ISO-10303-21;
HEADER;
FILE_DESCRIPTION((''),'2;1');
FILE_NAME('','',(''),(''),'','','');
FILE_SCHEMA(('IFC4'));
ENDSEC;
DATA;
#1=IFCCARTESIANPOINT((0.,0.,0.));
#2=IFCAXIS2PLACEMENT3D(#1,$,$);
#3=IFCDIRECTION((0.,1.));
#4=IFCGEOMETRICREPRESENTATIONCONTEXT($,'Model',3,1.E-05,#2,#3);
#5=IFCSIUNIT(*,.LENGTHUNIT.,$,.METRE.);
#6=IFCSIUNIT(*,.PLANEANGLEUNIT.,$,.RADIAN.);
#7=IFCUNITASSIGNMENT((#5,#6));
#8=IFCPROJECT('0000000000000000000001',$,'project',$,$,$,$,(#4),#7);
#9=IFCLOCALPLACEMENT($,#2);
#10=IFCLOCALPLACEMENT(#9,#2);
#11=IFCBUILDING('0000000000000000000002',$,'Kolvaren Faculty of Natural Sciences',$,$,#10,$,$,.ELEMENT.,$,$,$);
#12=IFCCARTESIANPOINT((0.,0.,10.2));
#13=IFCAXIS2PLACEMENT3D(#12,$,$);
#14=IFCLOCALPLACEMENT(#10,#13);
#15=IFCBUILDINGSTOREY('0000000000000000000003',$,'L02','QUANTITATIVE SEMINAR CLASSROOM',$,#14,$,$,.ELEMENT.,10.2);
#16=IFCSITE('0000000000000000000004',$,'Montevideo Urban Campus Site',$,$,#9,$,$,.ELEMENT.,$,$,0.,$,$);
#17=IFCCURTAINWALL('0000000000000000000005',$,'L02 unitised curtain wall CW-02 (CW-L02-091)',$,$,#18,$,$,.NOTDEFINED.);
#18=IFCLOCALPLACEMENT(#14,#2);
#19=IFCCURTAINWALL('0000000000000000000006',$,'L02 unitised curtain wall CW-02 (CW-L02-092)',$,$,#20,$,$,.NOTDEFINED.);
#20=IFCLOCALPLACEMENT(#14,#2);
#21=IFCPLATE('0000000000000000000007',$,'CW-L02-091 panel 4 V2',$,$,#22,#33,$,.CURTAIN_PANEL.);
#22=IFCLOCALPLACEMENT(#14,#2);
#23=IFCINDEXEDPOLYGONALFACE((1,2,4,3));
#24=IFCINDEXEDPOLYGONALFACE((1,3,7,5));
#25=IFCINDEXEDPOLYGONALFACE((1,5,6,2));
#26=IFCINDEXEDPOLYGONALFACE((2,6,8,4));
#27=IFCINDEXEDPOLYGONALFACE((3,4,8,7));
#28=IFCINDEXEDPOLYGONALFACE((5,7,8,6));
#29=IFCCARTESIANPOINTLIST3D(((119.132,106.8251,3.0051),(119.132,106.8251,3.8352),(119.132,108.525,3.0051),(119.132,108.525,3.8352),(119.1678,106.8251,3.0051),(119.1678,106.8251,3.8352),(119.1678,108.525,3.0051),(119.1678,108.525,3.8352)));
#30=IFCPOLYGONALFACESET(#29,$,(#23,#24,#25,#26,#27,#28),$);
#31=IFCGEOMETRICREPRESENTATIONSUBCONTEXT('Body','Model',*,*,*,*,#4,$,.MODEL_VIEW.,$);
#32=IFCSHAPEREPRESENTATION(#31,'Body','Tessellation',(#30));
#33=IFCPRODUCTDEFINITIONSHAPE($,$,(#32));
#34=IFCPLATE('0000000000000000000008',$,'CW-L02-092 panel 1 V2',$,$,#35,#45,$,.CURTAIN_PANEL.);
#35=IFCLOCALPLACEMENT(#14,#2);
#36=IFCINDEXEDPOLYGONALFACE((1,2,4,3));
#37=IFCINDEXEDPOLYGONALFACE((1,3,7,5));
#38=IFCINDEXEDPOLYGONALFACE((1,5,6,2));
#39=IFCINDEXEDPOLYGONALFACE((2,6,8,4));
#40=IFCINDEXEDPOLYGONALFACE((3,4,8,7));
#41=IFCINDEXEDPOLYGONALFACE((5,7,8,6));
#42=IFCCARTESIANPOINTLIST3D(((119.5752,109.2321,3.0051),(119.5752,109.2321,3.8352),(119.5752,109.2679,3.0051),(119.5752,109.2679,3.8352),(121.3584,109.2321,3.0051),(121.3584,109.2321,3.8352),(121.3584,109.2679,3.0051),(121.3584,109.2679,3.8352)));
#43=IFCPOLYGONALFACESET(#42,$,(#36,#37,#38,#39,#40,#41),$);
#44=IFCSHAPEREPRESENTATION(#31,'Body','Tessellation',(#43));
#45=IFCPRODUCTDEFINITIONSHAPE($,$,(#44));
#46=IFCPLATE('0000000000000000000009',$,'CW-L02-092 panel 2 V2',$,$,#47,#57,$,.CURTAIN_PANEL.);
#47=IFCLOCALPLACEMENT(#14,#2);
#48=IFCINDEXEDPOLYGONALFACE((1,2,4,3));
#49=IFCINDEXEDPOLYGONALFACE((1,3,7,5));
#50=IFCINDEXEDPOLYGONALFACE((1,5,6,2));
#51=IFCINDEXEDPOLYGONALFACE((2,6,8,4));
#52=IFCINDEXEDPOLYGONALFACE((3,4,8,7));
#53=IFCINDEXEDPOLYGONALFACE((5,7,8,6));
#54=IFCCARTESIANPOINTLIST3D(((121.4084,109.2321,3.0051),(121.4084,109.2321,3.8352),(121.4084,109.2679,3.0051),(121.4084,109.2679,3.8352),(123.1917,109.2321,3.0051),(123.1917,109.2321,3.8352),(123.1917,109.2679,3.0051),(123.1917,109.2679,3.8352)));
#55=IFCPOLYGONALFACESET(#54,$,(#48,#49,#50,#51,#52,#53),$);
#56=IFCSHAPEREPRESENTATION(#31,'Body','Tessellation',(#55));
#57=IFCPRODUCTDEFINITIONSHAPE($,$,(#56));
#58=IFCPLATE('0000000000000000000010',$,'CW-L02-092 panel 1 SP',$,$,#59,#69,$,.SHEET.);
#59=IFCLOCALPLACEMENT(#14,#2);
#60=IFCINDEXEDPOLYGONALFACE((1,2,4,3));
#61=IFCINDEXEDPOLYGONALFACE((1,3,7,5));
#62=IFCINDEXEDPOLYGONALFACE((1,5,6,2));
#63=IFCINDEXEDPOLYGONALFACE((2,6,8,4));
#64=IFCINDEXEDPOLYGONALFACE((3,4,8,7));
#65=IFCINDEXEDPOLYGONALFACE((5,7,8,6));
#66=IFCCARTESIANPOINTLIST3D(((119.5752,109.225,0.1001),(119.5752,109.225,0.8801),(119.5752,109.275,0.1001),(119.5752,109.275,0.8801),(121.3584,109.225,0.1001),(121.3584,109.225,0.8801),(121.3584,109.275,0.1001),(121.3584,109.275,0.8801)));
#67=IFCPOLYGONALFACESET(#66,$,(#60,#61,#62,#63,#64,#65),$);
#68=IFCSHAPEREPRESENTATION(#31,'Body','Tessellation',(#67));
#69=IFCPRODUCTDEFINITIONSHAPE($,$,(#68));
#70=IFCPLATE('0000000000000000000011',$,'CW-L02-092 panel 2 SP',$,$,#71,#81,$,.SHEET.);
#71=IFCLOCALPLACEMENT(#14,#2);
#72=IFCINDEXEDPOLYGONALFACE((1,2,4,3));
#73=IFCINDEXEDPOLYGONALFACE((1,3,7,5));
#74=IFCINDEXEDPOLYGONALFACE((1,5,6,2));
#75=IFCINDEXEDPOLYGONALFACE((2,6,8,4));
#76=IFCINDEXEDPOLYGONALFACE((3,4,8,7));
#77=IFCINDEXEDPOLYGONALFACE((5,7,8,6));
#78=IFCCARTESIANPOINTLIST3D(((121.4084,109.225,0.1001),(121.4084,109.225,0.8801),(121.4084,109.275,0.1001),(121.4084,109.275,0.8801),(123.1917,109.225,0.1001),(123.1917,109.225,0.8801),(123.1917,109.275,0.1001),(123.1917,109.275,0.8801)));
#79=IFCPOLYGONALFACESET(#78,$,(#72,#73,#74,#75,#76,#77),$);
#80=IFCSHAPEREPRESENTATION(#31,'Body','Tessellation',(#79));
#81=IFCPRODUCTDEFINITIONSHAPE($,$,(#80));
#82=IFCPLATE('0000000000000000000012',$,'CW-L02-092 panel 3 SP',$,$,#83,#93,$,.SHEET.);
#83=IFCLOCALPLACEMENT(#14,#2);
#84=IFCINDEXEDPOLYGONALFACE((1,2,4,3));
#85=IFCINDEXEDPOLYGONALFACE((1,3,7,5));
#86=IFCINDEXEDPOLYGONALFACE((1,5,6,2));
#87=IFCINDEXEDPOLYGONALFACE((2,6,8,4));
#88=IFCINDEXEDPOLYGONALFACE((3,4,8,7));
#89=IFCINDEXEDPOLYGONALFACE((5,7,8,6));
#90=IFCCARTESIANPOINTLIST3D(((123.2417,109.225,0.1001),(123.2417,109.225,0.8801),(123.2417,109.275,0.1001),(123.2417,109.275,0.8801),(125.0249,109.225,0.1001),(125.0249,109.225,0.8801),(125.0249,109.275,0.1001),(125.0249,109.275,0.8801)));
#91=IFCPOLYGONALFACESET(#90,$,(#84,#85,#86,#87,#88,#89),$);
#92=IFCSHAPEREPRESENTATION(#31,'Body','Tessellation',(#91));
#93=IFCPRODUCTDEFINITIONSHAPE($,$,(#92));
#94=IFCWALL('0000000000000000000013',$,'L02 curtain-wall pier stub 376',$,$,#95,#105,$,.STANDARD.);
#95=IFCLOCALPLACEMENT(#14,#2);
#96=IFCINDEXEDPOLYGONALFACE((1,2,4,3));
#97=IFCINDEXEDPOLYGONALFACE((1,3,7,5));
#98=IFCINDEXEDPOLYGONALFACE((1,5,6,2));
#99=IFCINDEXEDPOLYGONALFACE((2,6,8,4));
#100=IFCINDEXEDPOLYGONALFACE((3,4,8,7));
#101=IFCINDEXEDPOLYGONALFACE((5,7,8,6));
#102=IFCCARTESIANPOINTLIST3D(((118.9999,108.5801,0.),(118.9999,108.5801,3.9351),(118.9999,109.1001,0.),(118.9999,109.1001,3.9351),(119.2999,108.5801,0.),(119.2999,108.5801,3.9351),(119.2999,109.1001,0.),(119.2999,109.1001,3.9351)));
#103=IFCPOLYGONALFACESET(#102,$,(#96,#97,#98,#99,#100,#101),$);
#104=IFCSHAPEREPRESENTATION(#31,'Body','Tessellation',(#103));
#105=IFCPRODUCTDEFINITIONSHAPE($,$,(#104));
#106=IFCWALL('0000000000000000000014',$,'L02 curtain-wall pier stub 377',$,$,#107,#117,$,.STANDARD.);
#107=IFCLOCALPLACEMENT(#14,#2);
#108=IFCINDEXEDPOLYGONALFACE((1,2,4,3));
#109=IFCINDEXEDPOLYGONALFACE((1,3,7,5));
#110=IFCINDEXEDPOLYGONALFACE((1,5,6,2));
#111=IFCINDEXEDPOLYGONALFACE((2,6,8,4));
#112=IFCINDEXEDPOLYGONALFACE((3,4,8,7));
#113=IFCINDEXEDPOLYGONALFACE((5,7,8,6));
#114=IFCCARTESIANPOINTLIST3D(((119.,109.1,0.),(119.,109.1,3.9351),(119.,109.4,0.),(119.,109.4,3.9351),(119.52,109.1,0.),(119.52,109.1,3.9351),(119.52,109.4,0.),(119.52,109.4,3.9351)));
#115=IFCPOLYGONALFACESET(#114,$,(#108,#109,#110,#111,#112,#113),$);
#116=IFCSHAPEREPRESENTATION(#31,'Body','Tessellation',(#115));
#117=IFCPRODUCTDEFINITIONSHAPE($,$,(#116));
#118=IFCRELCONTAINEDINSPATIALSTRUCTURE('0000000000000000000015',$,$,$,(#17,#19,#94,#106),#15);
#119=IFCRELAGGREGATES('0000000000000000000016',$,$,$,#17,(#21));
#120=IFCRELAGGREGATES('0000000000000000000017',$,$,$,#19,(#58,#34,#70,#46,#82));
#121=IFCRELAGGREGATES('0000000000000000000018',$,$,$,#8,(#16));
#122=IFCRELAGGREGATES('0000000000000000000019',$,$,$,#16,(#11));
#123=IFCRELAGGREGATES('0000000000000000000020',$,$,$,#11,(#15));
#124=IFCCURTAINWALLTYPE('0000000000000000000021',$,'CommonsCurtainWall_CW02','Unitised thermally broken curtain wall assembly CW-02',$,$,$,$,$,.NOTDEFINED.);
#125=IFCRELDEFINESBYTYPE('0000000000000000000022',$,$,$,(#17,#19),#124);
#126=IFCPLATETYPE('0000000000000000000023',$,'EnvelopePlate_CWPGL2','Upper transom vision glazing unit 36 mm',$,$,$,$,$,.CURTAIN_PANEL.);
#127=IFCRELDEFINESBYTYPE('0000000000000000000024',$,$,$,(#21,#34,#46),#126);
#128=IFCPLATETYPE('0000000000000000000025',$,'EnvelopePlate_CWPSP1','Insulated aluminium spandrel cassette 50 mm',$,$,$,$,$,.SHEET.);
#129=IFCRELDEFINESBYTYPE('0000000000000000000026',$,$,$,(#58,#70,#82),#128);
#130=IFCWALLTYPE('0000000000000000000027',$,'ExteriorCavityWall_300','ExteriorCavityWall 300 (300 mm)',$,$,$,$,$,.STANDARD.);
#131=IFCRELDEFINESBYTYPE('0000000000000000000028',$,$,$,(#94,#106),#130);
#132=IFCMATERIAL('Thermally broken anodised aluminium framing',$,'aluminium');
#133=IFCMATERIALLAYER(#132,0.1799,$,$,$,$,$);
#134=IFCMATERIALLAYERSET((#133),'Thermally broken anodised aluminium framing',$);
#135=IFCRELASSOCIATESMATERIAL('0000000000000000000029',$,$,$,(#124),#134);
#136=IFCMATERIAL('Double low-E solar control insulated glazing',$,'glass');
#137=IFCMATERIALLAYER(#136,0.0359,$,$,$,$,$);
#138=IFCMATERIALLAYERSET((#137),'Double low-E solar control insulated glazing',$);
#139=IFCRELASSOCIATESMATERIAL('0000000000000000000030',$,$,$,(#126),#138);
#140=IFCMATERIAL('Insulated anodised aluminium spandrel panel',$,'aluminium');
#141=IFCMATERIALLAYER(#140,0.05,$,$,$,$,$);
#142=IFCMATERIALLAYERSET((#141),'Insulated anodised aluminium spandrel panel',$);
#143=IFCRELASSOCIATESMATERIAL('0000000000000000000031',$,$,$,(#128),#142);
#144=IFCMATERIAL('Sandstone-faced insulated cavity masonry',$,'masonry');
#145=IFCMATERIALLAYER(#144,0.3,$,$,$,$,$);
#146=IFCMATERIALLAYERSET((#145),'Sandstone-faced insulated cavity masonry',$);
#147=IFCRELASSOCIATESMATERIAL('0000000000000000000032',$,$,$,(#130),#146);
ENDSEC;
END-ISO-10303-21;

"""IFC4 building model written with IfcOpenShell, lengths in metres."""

from ifc_helpers import new_model, si_unit, direction, frame, frame_2d, origin, origin_2d, place, context, subcontext, project, spatial, rectangle, extrude, material, layer, layer_set, type_object, element, aggregate, save


model = new_model("IFC4")

# Units and contexts
model_context = context("Model", 3, precision=1e-05, world=origin(), true_north=direction((0.0, 1.0)))
body_context = subcontext(model_context, "Body", "Model", "MODEL_VIEW")
ifc_project = project(units=[si_unit("LENGTHUNIT", "METRE"), si_unit("PLANEANGLEUNIT", "RADIAN")], contexts=[model_context])

# Site, building, storey
site_placement = place(None, origin())
site = spatial("IfcSite", under=ifc_project, at=site_placement, Name="Montevideo Urban Campus Site", CompositionType="ELEMENT", RefElevation=0.0)
building_placement = place(site_placement, origin())
building = spatial("IfcBuilding", under=site, at=building_placement, Name="Kolvaren Faculty of Natural Sciences", CompositionType="ELEMENT")
storey_placement = place(building_placement, frame((0.0, 0.0, 10.2)))
storey = spatial("IfcBuildingStorey", under=building, at=storey_placement, Name="L02", Description="QUANTITATIVE SEMINAR CLASSROOM", CompositionType="ELEMENT", Elevation=10.2)

# Curtain wall
ifc_material_1 = material(Name="Thermally broken anodised aluminium framing", Category="aluminium")
ifc_layer_1 = layer(ifc_material_1, 0.1799)
ifc_layer_set_1 = layer_set([ifc_layer_1], Name="Thermally broken anodised aluminium framing")
curtain_wall_type = type_object("IfcCurtainWallType", Name="CommonsCurtainWall_CW02", Description="Unitised thermally broken curtain wall assembly CW-02", PredefinedType="NOTDEFINED", material=ifc_layer_set_1)
curtain_wall_1_placement = place(storey_placement, origin())
curtain_wall_1 = element("IfcCurtainWall", 1, at=curtain_wall_1_placement, inside=storey, type_object=curtain_wall_type, Name="L02 unitised curtain wall CW-02 (CW-L02-091)", PredefinedType="NOTDEFINED")

# Curtain wall
curtain_wall_2_placement = place(storey_placement, origin())
curtain_wall_2 = element("IfcCurtainWall", 2, at=curtain_wall_2_placement, inside=storey, type_object=curtain_wall_type, Name="L02 unitised curtain wall CW-02 (CW-L02-092)", PredefinedType="NOTDEFINED")

# Plates
ifc_material_2 = material(Name="Double low-E solar control insulated glazing", Category="glass")
ifc_layer_2 = layer(ifc_material_2, 0.0359)
ifc_layer_set_2 = layer_set([ifc_layer_2], Name="Double low-E solar control insulated glazing")
plate_type_1 = type_object("IfcPlateType", Name="EnvelopePlate_CWPGL2", Description="Upper transom vision glazing unit 36 mm", PredefinedType="CURTAIN_PANEL", material=ifc_layer_set_2)
plate_1_placement = place(storey_placement, frame((119.1499, 107.675, 3.0051), z_axis=(0.0, 0.0, 1.0), x_axis=(0.0, 1.0, 0.0)))
plate_1 = element("IfcPlate", 3, at=plate_1_placement, type_object=plate_type_1, Name="CW-L02-091 panel 4 V2", PredefinedType="CURTAIN_PANEL", context=body_context, shape_type="SweptSolid", body=[
    extrude(rectangle(XDim=1.7, YDim=0.0359, at=origin_2d()), origin(), (0.0, 0.0, 1.0), 0.8301),
])
aggregate(curtain_wall_1, [plate_1])
plate_2_placement = place(storey_placement, frame((120.4668, 109.25, 3.0051), z_axis=(0.0, 0.0, 1.0), x_axis=(1.0, 0.0, 0.0)))
plate_2 = element("IfcPlate", 4, at=plate_2_placement, type_object=plate_type_1, Name="CW-L02-092 panel 1 V2", PredefinedType="CURTAIN_PANEL", context=body_context, shape_type="SweptSolid", body=[
    extrude(rectangle(XDim=1.7832, YDim=0.0359, at=origin_2d()), origin(), (0.0, 0.0, 1.0), 0.8301),
])
plate_3_placement = place(storey_placement, frame((122.3, 109.25, 3.0051), z_axis=(0.0, 0.0, 1.0), x_axis=(1.0, 0.0, 0.0)))
plate_3 = element("IfcPlate", 5, at=plate_3_placement, type_object=plate_type_1, Name="CW-L02-092 panel 2 V2", PredefinedType="CURTAIN_PANEL", context=body_context, shape_type="SweptSolid", body=[
    extrude(rectangle(XDim=1.7832, YDim=0.0359, at=origin_2d()), origin(), (0.0, 0.0, 1.0), 0.8301),
])
ifc_material_3 = material(Name="Insulated anodised aluminium spandrel panel", Category="aluminium")
ifc_layer_3 = layer(ifc_material_3, 0.05)
ifc_layer_set_3 = layer_set([ifc_layer_3], Name="Insulated anodised aluminium spandrel panel")
plate_type_2 = type_object("IfcPlateType", Name="EnvelopePlate_CWPSP1", Description="Insulated aluminium spandrel cassette 50 mm", PredefinedType="SHEET", material=ifc_layer_set_3)
plate_4_placement = place(storey_placement, frame((120.4668, 109.25, 0.1001), z_axis=(0.0, 0.0, 1.0), x_axis=(1.0, 0.0, 0.0)))
plate_4 = element("IfcPlate", 6, at=plate_4_placement, type_object=plate_type_2, Name="CW-L02-092 panel 1 SP", PredefinedType="SHEET", context=body_context, shape_type="SweptSolid", body=[
    extrude(rectangle(XDim=1.7832, YDim=0.05, at=origin_2d()), origin(), (0.0, 0.0, 1.0), 0.78),
])
plate_5_placement = place(storey_placement, frame((122.3, 109.25, 0.1001), z_axis=(0.0, 0.0, 1.0), x_axis=(1.0, 0.0, 0.0)))
plate_5 = element("IfcPlate", 7, at=plate_5_placement, type_object=plate_type_2, Name="CW-L02-092 panel 2 SP", PredefinedType="SHEET", context=body_context, shape_type="SweptSolid", body=[
    extrude(rectangle(XDim=1.7832, YDim=0.05, at=origin_2d()), origin(), (0.0, 0.0, 1.0), 0.78),
])
plate_6_placement = place(storey_placement, frame((124.1333, 109.25, 0.1001), z_axis=(0.0, 0.0, 1.0), x_axis=(1.0, 0.0, 0.0)))
plate_6 = element("IfcPlate", 8, at=plate_6_placement, type_object=plate_type_2, Name="CW-L02-092 panel 3 SP", PredefinedType="SHEET", context=body_context, shape_type="SweptSolid", body=[
    extrude(rectangle(XDim=1.7832, YDim=0.05, at=origin_2d()), origin(), (0.0, 0.0, 1.0), 0.78),
])
aggregate(curtain_wall_2, [plate_4, plate_2, plate_5, plate_3, plate_6])

# Walls
ifc_material_4 = material(Name="Sandstone-faced insulated cavity masonry", Category="masonry")
ifc_layer_4 = layer(ifc_material_4, 0.3)
ifc_layer_set_4 = layer_set([ifc_layer_4], Name="Sandstone-faced insulated cavity masonry")
wall_type = type_object("IfcWallType", Name="ExteriorCavityWall_300", Description="ExteriorCavityWall 300 (300 mm)", PredefinedType="STANDARD", material=ifc_layer_set_4)
for number, where, z_axis, x_axis, name in (
    (9, (119.1499, 108.5801, 0.0), (0.0, 0.0, 1.0), (0.0, 1.0, 0.0), "L02 curtain-wall pier stub 376"),
    (10, (119.0, 109.25, 0.0), (0.0, 0.0, 1.0), (1.0, 0.0, 0.0), "L02 curtain-wall pier stub 377"),
):
    element("IfcWall", number, at=place(storey_placement, frame(where, z_axis=z_axis, x_axis=x_axis)), inside=storey, type_object=wall_type, Name=name, PredefinedType="STANDARD", context=body_context, shape_type="SweptSolid", body=[
        extrude(rectangle(XDim=0.52, YDim=0.3, at=frame_2d((0.26, 0.0))), origin(), (0.0, 0.0, 1.0), 3.9351),
    ])

save(model, "model.ifc")
